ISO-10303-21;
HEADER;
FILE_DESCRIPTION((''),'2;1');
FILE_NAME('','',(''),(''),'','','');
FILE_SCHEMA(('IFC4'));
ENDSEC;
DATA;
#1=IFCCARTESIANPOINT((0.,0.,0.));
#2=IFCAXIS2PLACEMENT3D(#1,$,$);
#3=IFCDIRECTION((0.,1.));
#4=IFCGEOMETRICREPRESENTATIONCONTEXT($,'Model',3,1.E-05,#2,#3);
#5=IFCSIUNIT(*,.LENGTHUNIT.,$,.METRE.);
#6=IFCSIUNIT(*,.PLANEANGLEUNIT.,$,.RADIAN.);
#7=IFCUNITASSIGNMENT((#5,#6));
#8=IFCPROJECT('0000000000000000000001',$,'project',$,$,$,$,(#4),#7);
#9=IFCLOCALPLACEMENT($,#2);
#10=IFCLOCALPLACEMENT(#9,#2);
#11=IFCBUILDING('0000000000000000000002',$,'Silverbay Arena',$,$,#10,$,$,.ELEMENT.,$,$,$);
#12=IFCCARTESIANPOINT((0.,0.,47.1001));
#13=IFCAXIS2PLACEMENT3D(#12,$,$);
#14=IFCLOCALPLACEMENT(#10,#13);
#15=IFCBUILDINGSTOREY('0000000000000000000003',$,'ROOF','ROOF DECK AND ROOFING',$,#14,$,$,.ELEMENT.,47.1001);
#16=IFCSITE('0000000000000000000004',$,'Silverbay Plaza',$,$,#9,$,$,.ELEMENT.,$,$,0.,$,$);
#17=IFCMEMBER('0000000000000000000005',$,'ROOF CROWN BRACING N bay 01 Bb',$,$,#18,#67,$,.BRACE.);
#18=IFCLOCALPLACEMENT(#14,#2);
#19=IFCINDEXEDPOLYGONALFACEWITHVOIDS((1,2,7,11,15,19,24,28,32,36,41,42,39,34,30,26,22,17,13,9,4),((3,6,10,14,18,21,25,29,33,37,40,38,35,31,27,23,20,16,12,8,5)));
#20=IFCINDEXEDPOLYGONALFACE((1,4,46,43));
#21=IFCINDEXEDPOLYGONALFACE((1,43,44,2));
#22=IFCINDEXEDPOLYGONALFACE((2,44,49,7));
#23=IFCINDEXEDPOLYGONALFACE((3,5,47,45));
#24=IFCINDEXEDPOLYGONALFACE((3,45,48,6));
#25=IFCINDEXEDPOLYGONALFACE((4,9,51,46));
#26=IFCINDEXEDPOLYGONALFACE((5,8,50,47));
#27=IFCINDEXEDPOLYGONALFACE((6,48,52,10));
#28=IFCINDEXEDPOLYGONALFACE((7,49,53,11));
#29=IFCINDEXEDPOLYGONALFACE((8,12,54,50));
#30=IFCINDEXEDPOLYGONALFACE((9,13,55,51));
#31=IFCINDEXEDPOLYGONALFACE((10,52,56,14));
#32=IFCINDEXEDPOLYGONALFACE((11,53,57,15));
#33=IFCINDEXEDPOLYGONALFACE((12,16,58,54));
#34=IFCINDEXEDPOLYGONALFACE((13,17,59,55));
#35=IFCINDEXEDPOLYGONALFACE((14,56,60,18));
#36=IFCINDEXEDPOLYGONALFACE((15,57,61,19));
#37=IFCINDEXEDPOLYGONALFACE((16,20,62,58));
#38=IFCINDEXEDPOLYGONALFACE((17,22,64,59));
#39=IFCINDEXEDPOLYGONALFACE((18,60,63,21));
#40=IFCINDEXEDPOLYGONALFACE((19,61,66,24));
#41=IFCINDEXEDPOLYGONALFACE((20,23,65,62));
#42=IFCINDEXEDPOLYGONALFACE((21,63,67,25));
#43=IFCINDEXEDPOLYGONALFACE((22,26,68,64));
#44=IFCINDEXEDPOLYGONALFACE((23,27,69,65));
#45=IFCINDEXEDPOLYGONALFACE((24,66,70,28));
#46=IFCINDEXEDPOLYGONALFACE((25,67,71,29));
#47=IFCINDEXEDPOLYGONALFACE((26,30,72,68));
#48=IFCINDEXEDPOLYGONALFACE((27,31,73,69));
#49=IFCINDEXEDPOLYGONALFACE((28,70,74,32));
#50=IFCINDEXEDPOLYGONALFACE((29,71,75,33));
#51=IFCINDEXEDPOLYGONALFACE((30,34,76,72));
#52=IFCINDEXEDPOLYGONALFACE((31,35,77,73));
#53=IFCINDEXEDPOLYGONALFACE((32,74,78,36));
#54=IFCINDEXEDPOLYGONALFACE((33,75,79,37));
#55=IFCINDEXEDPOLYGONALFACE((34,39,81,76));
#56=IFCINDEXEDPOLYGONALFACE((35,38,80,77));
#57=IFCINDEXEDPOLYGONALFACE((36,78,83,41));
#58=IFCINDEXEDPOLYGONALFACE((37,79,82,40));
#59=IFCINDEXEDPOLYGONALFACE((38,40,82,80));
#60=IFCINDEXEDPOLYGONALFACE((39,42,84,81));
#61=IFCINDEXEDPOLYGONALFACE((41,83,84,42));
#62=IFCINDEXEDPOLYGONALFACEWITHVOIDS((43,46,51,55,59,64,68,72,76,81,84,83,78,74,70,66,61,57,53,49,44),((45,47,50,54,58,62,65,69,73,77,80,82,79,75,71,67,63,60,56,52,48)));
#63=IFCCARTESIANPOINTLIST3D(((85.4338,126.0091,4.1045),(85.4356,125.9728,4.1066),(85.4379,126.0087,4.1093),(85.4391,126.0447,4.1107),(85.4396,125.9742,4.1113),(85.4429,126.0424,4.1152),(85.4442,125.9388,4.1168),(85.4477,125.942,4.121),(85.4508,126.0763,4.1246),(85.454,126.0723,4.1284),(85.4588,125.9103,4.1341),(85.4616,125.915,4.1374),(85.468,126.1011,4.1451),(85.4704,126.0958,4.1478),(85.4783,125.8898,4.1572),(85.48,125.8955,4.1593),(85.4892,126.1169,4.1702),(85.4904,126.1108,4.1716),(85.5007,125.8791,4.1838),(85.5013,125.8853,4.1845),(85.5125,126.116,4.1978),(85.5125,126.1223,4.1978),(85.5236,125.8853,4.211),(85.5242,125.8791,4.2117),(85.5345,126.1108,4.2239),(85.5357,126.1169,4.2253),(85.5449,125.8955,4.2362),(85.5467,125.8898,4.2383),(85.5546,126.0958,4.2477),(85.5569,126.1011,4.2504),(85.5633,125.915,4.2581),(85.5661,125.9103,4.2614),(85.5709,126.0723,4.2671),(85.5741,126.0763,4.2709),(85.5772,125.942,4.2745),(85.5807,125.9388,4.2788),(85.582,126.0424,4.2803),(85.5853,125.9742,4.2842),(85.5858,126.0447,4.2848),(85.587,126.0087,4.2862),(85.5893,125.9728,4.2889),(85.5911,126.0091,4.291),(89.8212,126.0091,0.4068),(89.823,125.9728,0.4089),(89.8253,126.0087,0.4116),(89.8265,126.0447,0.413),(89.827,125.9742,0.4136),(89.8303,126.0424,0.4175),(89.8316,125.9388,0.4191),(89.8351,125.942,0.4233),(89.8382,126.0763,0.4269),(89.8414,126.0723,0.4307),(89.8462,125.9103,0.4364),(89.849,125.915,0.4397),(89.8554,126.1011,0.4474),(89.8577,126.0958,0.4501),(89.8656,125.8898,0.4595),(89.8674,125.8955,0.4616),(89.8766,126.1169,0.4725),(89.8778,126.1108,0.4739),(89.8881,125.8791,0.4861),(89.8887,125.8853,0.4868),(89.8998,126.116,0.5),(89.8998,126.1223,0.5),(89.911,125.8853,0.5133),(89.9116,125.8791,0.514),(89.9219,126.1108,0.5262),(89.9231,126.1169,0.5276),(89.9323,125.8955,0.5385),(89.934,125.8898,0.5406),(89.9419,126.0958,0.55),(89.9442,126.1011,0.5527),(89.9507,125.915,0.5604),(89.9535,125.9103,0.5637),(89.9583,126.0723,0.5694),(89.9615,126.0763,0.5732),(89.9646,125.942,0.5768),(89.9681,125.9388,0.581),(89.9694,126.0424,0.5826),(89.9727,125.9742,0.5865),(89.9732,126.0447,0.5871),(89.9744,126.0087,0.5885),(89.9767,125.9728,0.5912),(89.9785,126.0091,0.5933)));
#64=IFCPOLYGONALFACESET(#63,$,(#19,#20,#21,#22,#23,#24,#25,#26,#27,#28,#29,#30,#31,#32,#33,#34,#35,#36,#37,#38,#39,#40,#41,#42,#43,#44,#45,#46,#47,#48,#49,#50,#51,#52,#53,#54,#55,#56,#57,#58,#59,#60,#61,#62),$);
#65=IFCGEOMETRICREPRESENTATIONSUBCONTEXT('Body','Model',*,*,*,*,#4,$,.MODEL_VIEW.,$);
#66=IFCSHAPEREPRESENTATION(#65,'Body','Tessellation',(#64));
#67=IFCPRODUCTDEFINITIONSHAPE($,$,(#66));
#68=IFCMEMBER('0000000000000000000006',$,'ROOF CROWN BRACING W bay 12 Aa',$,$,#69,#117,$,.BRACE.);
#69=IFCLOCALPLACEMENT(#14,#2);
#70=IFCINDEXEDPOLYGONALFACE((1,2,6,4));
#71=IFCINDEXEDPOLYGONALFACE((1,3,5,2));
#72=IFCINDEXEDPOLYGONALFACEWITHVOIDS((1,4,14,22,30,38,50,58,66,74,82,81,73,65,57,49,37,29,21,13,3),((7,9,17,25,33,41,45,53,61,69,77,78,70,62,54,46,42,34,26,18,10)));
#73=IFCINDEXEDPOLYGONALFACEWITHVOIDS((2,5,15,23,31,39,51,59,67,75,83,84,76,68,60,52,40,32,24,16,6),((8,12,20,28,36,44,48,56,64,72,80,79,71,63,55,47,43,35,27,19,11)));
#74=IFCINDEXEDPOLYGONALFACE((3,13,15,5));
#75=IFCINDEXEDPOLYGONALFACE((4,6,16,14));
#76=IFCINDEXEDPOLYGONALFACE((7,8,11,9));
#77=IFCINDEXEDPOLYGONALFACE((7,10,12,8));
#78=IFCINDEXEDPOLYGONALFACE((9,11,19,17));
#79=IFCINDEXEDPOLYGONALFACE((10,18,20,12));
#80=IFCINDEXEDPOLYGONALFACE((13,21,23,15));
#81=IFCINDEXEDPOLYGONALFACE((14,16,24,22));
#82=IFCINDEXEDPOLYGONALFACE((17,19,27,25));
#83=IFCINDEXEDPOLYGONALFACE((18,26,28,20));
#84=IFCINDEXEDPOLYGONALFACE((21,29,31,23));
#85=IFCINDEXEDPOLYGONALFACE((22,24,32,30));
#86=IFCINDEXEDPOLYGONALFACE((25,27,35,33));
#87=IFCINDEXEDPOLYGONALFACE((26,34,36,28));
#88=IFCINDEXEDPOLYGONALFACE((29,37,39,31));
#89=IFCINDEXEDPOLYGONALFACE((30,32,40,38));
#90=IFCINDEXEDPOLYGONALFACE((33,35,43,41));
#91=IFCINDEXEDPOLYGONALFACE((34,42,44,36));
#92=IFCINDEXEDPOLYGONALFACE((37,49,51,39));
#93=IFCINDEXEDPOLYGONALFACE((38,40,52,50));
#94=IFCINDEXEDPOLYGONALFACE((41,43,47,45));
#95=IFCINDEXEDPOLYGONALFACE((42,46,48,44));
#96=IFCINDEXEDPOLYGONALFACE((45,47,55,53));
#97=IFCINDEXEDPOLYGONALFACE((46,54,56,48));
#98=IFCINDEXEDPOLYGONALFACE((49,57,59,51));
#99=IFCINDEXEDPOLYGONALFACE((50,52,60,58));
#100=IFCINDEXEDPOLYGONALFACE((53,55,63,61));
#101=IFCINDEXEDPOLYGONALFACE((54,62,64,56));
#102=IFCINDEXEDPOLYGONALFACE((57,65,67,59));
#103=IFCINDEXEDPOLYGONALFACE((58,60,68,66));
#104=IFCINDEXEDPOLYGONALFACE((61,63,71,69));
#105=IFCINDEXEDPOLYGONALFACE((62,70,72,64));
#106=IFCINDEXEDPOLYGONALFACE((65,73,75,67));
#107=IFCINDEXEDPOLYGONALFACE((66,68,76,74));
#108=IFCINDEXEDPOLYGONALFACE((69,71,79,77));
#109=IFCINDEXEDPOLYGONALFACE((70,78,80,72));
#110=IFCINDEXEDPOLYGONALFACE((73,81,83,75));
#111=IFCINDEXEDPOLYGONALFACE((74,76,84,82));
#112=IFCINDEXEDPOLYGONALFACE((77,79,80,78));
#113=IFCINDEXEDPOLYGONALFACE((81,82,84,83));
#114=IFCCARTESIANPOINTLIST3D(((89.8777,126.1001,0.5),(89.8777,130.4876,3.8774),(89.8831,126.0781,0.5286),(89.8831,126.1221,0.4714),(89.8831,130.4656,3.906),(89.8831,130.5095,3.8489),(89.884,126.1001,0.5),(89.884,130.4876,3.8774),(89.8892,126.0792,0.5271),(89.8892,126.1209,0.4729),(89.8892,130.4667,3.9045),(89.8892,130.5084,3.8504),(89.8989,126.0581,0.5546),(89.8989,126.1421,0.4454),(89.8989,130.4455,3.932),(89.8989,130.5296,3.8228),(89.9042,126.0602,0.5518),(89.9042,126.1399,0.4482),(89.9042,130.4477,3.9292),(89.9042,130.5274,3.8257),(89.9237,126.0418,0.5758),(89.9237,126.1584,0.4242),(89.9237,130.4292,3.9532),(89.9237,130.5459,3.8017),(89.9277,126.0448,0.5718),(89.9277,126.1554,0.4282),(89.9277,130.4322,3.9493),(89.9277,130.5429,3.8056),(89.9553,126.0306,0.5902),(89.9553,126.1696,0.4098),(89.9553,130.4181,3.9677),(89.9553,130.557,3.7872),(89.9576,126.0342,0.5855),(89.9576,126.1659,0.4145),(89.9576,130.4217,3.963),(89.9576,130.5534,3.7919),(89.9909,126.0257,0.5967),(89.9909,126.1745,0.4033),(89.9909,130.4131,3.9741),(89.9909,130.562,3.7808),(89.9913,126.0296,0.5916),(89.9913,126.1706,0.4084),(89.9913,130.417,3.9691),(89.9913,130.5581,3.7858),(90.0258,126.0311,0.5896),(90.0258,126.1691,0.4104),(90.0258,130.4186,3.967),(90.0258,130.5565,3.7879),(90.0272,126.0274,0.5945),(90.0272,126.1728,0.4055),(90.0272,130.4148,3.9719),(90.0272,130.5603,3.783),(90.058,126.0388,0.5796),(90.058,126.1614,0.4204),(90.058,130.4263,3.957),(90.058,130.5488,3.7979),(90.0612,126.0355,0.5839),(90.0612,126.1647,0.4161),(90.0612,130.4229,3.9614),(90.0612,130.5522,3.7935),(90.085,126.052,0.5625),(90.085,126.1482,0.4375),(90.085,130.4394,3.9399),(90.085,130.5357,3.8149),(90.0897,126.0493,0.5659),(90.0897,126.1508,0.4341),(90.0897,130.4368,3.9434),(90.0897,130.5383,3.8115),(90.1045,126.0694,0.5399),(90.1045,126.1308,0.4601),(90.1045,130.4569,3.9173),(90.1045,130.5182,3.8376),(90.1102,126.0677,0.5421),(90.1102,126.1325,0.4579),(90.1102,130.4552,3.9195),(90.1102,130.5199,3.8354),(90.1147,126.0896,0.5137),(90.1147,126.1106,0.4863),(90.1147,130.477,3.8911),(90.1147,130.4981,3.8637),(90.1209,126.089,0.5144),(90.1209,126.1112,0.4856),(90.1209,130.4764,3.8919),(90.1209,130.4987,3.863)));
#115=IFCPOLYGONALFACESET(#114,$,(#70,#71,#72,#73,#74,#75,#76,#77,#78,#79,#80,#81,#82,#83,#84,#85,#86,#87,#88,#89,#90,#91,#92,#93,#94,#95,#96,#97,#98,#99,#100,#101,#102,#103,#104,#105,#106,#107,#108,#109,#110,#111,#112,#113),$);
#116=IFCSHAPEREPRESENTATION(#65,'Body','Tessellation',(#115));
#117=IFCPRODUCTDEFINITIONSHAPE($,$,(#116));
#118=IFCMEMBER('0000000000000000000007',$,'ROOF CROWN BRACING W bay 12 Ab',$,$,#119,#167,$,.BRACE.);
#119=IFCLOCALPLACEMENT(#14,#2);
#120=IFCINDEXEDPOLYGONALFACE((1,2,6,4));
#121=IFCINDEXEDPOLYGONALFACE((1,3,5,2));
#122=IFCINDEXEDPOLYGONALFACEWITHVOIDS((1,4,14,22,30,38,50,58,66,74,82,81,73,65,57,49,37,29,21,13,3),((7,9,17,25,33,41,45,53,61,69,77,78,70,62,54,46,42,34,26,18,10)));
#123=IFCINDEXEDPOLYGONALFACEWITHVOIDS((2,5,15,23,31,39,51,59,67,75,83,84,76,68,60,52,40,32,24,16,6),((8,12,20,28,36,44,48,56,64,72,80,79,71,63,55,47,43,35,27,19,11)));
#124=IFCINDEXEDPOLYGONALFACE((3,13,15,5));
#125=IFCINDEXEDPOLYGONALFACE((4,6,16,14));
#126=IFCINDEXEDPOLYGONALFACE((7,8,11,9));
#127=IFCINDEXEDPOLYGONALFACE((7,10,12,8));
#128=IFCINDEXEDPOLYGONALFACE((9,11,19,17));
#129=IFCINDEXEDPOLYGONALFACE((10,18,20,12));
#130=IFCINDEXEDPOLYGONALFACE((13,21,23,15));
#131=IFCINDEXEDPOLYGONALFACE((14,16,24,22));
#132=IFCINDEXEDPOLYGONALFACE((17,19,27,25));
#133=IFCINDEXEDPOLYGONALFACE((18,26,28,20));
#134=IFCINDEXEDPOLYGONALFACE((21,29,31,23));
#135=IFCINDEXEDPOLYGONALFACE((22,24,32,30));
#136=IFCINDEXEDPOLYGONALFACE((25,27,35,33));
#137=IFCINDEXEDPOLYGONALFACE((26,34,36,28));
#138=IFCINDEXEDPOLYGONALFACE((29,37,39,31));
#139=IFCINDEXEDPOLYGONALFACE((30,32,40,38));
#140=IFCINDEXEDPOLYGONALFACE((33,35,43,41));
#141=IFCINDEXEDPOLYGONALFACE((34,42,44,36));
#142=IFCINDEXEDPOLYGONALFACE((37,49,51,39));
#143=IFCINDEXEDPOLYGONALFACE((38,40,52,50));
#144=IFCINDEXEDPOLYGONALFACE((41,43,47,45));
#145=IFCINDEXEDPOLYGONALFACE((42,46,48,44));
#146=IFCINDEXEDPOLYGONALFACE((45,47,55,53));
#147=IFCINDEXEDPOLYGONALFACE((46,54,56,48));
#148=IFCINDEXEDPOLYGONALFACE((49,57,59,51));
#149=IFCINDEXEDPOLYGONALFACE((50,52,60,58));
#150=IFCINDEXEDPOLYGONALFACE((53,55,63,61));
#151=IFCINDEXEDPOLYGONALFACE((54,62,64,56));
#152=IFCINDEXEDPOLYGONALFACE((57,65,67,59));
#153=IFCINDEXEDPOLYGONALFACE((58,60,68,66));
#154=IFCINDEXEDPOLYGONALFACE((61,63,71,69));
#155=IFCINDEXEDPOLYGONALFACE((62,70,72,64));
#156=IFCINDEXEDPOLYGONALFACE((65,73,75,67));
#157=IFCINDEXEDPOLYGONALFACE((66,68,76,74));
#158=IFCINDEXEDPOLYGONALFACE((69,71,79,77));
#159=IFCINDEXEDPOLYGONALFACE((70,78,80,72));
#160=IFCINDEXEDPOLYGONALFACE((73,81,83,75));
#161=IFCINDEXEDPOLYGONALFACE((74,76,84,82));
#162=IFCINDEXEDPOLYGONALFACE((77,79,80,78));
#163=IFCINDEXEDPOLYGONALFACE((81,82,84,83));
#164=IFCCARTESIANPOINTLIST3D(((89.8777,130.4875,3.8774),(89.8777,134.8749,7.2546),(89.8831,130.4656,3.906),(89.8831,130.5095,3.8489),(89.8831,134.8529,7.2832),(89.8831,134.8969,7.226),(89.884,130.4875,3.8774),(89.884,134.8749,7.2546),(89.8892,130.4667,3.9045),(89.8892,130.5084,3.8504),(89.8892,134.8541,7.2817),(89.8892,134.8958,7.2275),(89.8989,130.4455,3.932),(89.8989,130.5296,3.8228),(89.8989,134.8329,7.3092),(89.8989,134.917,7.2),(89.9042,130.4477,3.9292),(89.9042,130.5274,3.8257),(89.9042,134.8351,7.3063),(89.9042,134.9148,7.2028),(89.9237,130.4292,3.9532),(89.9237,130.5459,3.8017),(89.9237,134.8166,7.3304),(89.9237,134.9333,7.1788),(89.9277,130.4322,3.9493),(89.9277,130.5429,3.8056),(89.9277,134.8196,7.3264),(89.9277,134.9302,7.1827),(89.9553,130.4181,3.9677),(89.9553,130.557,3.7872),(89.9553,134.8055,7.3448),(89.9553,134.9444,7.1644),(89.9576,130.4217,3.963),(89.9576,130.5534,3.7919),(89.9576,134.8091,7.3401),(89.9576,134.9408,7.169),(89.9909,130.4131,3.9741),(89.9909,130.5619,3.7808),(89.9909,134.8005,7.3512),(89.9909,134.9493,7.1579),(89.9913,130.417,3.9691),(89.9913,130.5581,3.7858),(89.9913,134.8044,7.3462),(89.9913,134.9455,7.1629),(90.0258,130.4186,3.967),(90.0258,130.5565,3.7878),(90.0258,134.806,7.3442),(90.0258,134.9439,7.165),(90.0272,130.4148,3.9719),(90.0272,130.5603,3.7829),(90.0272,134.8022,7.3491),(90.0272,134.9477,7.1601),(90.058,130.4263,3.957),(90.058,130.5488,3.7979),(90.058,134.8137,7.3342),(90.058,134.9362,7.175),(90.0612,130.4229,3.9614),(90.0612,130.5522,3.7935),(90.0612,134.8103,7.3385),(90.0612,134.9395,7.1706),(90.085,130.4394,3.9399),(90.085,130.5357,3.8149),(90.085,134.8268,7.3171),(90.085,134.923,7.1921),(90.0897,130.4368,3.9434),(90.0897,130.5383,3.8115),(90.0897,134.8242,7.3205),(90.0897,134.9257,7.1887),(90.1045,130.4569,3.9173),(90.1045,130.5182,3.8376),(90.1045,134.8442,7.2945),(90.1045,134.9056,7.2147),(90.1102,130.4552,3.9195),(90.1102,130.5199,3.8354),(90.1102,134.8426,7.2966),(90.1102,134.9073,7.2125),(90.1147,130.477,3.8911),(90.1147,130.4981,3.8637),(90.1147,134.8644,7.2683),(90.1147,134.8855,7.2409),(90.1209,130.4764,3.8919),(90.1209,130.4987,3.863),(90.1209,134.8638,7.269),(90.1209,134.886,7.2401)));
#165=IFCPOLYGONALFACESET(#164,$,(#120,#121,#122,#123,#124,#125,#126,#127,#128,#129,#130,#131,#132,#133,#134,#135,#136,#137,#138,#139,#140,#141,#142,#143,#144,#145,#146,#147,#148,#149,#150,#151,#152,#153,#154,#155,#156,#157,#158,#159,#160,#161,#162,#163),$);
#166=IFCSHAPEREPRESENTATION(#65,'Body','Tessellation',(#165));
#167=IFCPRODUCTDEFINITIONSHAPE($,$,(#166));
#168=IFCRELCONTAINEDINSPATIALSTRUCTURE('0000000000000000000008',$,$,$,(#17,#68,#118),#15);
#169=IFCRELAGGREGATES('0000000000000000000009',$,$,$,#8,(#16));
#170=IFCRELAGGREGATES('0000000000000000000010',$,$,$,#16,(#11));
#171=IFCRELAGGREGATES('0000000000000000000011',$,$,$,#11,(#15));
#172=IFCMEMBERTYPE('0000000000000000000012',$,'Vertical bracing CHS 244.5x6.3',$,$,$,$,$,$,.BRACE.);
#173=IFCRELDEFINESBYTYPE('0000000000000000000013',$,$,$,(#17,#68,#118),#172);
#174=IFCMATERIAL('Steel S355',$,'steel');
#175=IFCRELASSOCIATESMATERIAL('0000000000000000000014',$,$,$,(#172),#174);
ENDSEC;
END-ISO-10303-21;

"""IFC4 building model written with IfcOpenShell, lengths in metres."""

from ifc_helpers import new_model, si_unit, direction, frame, origin, origin_2d, place, context, subcontext, project, spatial, hollow_circle, extrude, material, material_profile, profile_set, type_object, element, save


model = new_model("IFC4")

# Units and contexts
model_context = context("Model", 3, precision=1e-05, world=origin(), true_north=direction((0.0, 1.0)))
body_context = subcontext(model_context, "Body", "Model", "MODEL_VIEW")
ifc_project = project(units=[si_unit("LENGTHUNIT", "METRE"), si_unit("PLANEANGLEUNIT", "RADIAN")], contexts=[model_context])

# Site, building, storey
site_placement = place(None, origin())
site = spatial("IfcSite", under=ifc_project, at=site_placement, Name="Silverbay Plaza", CompositionType="ELEMENT", RefElevation=0.0)
building_placement = place(site_placement, origin())
building = spatial("IfcBuilding", under=site, at=building_placement, Name="Silverbay Arena", CompositionType="ELEMENT")
storey_placement = place(building_placement, frame((0.0, 0.0, 47.1001)))
storey = spatial("IfcBuildingStorey", under=building, at=storey_placement, Name="ROOF", Description="ROOF DECK AND ROOFING", CompositionType="ELEMENT", Elevation=47.1001)

# Members
ifc_material_1 = material(Name="Steel S355", Category="steel")
ifc_material_profile_1 = material_profile(ifc_material_1, hollow_circle(Radius=0.1223, WallThickness=0.0063, at=origin_2d()), Name="CHS 244.5x6.3")
ifc_profile_set_1 = profile_set([ifc_material_profile_1], Name="Steel S355")
member_type_1 = type_object("IfcMemberType", Name="Vertical bracing CHS 244.5x6.3", PredefinedType="BRACE", material=ifc_profile_set_1)
member_1_placement = place(storey_placement, frame((85.5125, 126.0, 4.1978), z_axis=(0.764649, 0.0, -0.644448), x_axis=(0.0, 1.0, 0.0)))
element("IfcMember", 1, at=member_1_placement, inside=storey, type_object=member_type_1, Name="ROOF CROWN BRACING N bay 01 Bb", PredefinedType="BRACE", context=body_context, shape_type="SweptSolid", body=[
    extrude(hollow_circle(Radius=0.1223, WallThickness=0.0063, at=origin_2d()), origin(), (0.0, 0.0, 1.0), 5.7378),
])
member_2_placement = place(storey_placement, frame((90.0, 126.1001, 0.5), z_axis=(0.0, 0.792408, 0.609992), x_axis=(-1.0, 0.0, 0.0)))
element("IfcMember", 2, at=member_2_placement, inside=storey, type_object=member_type_1, Name="ROOF CROWN BRACING W bay 12 Aa", PredefinedType="BRACE", context=body_context, shape_type="SweptSolid", body=[
    extrude(hollow_circle(Radius=0.1223, WallThickness=0.0063, at=origin_2d()), origin(), (0.0, 0.0, 1.0), 5.5369),
])
member_3_placement = place(storey_placement, frame((90.0, 130.4875, 3.8774), z_axis=(0.0, 0.792429, 0.609964), x_axis=(-1.0, 0.0, 0.0)))
element("IfcMember", 3, at=member_3_placement, inside=storey, type_object=member_type_1, Name="ROOF CROWN BRACING W bay 12 Ab", PredefinedType="BRACE", context=body_context, shape_type="SweptSolid", body=[
    extrude(hollow_circle(Radius=0.1223, WallThickness=0.0063, at=origin_2d()), origin(), (0.0, 0.0, 1.0), 5.5366),
])

save(model, "model.ifc")
